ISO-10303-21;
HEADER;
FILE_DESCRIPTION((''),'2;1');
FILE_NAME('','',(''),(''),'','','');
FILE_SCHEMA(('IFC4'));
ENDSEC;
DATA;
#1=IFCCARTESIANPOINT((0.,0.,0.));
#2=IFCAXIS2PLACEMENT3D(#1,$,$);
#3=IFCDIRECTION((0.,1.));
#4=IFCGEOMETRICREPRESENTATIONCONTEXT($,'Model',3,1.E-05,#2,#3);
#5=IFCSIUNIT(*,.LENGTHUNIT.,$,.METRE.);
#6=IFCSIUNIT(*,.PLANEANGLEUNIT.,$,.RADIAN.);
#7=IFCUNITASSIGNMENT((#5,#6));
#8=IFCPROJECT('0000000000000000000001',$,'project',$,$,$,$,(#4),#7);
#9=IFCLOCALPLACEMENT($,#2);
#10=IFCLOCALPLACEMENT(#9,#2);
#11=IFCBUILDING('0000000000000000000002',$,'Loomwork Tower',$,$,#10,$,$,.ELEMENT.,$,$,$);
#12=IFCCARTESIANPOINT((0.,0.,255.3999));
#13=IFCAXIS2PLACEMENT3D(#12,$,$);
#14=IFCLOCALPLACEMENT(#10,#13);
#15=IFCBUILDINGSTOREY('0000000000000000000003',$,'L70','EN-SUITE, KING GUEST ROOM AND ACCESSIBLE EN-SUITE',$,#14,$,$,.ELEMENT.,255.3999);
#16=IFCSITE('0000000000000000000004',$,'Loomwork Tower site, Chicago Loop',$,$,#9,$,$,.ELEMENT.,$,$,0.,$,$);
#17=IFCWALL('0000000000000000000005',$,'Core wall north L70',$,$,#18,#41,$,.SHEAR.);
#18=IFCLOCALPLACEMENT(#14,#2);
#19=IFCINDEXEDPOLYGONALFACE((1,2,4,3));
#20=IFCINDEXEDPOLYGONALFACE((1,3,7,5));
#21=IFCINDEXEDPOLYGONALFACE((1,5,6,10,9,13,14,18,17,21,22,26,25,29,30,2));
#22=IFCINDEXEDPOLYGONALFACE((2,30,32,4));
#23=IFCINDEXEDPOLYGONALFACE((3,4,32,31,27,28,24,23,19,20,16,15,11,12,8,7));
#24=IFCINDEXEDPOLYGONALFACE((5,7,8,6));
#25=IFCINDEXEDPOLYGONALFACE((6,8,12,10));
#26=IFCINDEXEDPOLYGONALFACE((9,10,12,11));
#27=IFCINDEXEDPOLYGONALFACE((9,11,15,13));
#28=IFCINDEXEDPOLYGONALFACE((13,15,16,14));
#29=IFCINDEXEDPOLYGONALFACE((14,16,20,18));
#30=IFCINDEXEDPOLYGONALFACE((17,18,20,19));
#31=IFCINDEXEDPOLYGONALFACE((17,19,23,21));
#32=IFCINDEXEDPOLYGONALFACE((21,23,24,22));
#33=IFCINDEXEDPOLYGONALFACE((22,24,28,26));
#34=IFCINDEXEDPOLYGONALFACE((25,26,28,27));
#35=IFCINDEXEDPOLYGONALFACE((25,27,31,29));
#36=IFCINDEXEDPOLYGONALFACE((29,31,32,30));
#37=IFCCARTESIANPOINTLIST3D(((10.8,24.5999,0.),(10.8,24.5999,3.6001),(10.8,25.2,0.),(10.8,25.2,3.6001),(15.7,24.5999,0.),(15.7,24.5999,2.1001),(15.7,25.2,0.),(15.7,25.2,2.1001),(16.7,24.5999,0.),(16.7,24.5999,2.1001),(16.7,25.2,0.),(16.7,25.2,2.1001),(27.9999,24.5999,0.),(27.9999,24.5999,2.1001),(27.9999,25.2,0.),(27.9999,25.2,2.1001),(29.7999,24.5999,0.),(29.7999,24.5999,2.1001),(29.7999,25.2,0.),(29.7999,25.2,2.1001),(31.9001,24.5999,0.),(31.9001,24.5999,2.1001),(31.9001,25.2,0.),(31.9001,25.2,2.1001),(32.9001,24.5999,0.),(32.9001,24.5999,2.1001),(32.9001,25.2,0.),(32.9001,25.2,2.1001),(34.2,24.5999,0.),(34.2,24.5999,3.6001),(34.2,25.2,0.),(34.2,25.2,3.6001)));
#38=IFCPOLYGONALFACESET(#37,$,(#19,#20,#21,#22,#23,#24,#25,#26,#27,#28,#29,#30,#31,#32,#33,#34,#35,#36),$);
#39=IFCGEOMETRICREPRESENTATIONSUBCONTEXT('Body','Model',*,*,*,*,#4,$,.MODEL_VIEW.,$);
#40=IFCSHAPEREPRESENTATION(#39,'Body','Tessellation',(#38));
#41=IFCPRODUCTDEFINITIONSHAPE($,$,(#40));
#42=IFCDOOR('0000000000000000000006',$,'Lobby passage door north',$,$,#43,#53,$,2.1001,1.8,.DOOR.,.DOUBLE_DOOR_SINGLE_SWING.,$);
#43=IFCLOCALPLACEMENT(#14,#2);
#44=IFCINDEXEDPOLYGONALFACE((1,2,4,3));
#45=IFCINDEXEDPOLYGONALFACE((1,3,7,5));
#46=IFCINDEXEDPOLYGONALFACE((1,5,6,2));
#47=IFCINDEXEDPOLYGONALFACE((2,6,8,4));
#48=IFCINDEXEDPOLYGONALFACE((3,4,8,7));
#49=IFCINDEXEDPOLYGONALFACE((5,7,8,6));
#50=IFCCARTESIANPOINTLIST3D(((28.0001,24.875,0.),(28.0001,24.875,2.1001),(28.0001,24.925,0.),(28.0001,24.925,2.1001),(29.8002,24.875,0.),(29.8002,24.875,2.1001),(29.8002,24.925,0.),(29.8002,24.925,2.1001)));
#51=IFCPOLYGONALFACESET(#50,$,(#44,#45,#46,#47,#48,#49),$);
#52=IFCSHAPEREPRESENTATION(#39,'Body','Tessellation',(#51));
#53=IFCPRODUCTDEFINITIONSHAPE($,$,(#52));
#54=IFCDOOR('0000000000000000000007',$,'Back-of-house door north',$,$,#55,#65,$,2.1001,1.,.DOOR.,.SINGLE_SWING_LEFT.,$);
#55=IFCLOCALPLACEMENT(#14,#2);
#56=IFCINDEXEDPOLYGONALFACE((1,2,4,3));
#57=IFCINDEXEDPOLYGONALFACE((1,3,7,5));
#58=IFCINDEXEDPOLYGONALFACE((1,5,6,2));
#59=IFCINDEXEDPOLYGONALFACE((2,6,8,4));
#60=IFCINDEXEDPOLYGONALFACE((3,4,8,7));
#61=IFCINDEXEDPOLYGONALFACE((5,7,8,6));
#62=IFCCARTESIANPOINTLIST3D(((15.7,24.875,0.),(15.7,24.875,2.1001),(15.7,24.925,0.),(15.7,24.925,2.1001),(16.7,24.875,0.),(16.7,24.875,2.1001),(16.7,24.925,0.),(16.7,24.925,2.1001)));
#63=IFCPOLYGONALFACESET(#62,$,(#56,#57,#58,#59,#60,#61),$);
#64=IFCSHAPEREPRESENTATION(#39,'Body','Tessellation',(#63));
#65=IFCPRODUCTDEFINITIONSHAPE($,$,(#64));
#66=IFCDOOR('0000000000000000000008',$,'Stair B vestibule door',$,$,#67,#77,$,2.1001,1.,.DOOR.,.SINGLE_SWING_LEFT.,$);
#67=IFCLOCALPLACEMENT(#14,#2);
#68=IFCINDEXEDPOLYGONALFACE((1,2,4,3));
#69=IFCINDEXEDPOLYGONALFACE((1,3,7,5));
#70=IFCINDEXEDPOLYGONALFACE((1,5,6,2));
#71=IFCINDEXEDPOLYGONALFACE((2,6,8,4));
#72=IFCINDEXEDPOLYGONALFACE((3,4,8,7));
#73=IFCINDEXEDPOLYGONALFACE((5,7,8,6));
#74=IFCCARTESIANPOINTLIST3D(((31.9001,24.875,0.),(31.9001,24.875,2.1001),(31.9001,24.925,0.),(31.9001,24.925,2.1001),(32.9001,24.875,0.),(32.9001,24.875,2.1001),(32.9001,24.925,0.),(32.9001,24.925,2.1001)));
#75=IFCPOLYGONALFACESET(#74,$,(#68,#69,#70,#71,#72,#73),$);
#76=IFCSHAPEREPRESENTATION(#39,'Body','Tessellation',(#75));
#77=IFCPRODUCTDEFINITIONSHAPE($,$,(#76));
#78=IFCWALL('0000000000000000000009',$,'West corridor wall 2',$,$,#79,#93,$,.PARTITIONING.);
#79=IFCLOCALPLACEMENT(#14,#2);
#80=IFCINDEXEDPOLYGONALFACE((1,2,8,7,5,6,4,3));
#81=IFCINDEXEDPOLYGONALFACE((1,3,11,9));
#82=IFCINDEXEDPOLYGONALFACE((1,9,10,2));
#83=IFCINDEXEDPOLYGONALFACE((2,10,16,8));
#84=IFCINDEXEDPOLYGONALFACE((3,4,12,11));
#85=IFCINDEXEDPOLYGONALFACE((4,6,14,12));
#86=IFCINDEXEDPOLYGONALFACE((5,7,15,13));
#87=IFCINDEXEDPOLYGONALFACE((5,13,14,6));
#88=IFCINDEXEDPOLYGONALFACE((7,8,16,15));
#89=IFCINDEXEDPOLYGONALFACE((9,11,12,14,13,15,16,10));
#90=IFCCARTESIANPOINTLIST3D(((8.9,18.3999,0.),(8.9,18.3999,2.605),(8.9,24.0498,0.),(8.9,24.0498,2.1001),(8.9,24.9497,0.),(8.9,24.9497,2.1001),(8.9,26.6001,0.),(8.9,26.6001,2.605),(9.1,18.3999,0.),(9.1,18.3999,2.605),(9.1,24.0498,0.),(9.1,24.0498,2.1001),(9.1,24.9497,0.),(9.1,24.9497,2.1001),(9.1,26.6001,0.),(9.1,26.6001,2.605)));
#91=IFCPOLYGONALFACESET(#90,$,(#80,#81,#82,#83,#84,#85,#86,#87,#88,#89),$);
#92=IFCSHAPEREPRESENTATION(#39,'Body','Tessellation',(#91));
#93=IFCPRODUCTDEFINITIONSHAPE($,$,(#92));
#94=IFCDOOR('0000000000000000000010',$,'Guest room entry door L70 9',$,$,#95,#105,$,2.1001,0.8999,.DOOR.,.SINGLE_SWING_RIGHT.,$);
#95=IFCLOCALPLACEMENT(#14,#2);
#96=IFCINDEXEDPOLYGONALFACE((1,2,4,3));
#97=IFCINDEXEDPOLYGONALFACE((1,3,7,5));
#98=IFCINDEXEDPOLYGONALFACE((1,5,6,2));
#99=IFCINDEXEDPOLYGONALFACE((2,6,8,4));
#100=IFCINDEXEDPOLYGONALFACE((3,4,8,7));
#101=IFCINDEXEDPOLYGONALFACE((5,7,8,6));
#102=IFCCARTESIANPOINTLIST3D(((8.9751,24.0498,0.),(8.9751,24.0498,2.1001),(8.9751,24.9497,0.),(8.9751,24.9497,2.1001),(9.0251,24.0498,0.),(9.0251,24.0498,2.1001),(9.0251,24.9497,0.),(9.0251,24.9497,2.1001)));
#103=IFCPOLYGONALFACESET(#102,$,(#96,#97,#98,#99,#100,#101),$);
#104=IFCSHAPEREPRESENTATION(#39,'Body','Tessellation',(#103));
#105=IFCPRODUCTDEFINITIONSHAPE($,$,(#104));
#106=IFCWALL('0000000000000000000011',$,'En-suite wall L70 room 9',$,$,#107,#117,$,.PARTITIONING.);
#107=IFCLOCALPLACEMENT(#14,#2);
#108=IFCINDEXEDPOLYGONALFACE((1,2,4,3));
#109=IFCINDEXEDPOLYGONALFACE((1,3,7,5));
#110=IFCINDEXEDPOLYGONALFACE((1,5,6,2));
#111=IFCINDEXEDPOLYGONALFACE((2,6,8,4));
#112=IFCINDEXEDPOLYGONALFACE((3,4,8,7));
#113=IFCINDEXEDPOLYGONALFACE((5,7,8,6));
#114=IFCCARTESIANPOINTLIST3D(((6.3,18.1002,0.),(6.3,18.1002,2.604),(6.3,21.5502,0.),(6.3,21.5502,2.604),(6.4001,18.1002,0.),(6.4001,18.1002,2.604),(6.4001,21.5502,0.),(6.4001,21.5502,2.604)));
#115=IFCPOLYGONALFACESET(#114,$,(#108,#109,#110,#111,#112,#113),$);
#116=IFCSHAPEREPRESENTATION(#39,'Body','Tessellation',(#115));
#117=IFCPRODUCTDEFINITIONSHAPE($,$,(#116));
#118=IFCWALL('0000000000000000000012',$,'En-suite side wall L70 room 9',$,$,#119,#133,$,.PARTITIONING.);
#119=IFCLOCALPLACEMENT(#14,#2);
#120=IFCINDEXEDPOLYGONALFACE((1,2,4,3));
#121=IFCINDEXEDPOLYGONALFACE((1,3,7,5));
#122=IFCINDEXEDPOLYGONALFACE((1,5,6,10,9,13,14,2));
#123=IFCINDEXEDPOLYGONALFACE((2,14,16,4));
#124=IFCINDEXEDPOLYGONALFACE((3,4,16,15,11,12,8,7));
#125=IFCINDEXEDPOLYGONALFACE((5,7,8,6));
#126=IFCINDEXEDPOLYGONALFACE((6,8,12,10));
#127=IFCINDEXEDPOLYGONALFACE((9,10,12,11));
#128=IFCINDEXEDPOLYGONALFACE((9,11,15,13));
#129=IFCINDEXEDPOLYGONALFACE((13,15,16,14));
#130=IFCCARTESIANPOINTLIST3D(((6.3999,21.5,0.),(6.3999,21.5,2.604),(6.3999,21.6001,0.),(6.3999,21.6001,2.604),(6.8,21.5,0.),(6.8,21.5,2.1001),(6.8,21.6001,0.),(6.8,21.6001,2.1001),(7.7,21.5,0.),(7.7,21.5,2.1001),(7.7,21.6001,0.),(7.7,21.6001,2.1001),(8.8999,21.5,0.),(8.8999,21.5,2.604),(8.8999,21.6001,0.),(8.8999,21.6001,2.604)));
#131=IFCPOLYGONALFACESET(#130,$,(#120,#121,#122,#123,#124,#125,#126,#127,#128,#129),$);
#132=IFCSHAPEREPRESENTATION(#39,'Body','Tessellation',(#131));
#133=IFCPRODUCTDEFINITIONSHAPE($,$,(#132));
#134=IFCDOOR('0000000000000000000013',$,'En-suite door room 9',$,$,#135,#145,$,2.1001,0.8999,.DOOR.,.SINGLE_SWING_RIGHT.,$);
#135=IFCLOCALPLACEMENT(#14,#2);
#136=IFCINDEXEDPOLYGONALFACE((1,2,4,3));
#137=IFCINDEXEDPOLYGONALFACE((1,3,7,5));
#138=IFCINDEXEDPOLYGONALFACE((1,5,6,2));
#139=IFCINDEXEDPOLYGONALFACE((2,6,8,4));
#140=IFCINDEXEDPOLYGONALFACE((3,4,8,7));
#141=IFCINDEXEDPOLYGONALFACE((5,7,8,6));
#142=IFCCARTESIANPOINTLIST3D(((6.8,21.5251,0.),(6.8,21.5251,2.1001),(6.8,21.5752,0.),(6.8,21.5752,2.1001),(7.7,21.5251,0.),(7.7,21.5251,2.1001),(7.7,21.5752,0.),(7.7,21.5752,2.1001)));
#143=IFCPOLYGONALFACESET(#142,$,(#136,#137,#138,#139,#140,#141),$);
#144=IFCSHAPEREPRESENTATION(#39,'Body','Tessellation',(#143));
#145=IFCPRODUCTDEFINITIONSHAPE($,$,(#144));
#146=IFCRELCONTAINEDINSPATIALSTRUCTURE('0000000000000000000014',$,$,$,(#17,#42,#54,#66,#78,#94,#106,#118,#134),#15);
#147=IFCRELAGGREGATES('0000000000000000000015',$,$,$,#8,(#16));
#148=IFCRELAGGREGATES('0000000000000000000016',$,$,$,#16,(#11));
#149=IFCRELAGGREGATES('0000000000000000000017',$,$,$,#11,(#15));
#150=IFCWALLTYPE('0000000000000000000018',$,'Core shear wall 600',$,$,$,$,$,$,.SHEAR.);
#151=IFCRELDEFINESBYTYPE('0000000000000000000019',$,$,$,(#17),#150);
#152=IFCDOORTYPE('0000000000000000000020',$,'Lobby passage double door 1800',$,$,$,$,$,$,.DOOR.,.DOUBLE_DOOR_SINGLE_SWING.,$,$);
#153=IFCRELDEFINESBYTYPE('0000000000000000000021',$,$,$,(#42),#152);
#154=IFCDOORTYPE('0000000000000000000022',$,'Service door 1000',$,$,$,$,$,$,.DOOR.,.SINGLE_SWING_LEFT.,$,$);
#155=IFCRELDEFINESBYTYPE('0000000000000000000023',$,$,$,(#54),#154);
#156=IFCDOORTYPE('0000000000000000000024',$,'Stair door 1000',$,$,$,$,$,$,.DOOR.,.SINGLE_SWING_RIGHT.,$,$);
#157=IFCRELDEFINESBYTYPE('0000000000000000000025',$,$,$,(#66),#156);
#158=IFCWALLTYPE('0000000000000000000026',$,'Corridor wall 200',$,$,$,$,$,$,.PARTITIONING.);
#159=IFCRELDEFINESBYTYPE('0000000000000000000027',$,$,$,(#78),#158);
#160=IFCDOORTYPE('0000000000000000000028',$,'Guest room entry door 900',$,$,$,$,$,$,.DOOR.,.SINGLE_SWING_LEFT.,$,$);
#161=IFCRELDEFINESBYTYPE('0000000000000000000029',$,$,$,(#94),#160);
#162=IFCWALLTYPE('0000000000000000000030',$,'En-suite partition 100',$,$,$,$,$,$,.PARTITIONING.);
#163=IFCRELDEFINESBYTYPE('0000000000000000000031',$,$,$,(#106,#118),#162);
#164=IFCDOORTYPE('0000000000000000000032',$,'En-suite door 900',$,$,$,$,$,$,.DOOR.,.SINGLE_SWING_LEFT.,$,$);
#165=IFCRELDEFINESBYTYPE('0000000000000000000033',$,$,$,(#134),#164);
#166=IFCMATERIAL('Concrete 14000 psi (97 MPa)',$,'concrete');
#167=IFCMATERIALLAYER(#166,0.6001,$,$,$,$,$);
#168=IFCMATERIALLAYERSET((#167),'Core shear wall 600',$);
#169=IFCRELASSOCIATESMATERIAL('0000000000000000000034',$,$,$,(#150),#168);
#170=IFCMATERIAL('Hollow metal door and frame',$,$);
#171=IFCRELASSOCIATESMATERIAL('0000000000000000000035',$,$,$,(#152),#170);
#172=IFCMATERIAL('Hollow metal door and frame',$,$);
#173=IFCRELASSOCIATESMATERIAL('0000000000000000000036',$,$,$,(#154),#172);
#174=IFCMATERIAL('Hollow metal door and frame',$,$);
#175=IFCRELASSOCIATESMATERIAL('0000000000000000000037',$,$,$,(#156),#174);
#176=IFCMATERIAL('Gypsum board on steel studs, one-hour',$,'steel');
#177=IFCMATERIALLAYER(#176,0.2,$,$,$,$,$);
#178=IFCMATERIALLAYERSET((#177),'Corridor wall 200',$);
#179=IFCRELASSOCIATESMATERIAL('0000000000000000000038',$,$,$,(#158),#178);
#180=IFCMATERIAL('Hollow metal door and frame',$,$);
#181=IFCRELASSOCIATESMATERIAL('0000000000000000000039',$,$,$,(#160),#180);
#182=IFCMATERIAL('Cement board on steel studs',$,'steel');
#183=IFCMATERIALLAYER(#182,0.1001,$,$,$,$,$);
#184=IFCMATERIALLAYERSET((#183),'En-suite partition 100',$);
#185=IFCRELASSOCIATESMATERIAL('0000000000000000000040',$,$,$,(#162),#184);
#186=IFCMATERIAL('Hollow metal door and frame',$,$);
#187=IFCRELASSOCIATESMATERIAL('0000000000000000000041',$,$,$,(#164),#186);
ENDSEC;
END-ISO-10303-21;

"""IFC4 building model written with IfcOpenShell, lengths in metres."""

from ifc_helpers import new_model, si_unit, direction, frame, frame_2d, origin, place, context, subcontext, project, spatial, rectangle, extrude, material, layer, layer_set, type_object, element, fill, save


model = new_model("IFC4")

# Units and contexts
model_context = context("Model", 3, precision=1e-05, world=origin(), true_north=direction((0.0, 1.0)))
body_context = subcontext(model_context, "Body", "Model", "MODEL_VIEW")
ifc_project = project(units=[si_unit("LENGTHUNIT", "METRE"), si_unit("PLANEANGLEUNIT", "RADIAN")], contexts=[model_context])

# Site, building, storey
site_placement = place(None, origin())
site = spatial("IfcSite", under=ifc_project, at=site_placement, Name="Loomwork Tower site, Chicago Loop", CompositionType="ELEMENT", RefElevation=0.0)
building_placement = place(site_placement, origin())
building = spatial("IfcBuilding", under=site, at=building_placement, Name="Loomwork Tower", CompositionType="ELEMENT")
storey_placement = place(building_placement, frame((0.0, 0.0, 255.3999)))
storey = spatial("IfcBuildingStorey", under=building, at=storey_placement, Name="L70", Description="EN-SUITE, KING GUEST ROOM AND ACCESSIBLE EN-SUITE", CompositionType="ELEMENT", Elevation=255.3999)

# Wall, openings, doors
ifc_material_1 = material(Name="Concrete 14000 psi (97 MPa)", Category="concrete")
ifc_layer_1 = layer(ifc_material_1, 0.6001)
ifc_layer_set_1 = layer_set([ifc_layer_1], Name="Core shear wall 600")
wall_type_1 = type_object("IfcWallType", Name="Core shear wall 600", PredefinedType="SHEAR", material=ifc_layer_set_1)
wall_1_placement = place(storey_placement, frame((10.8, 24.8999, 0.0), z_axis=(0.0, 0.0, 1.0), x_axis=(1.0, 0.0, 0.0)))
wall_1 = element("IfcWall", 1, at=wall_1_placement, inside=storey, type_object=wall_type_1, Name="Core wall north L70", PredefinedType="SHEAR", context=body_context, shape_type="SweptSolid", body=[
    extrude(rectangle(XDim=23.3999, YDim=0.6001, at=frame_2d((11.7, 0.0))), origin(), (0.0, 0.0, 1.0), 3.6001),
])
opening_1_placement = place(wall_1_placement, frame((17.2, 0.0, 0.0)))
opening_1 = element("IfcOpeningElement", 2, at=opening_1_placement, cuts=wall_1, PredefinedType="OPENING", context=body_context, shape_type="SweptSolid", body=[
    extrude(rectangle(XDim=1.8, YDim=2.1001, at=frame_2d((0.8999, 1.05))), frame((0.0, 0.3101, 0.0), z_axis=(0.0, -1.0, 0.0), x_axis=(1.0, 0.0, 0.0)), (0.0, 0.0, 1.0), 0.6201),
])
opening_2_placement = place(wall_1_placement, frame((21.1001, 0.0, 0.0)))
opening_2 = element("IfcOpeningElement", 3, at=opening_2_placement, cuts=wall_1, PredefinedType="OPENING", context=body_context, shape_type="SweptSolid", body=[
    extrude(rectangle(XDim=1.0, YDim=2.1001, at=frame_2d((0.5, 1.05))), frame((0.0, 0.3101, 0.0), z_axis=(0.0, -1.0, 0.0), x_axis=(1.0, 0.0, 0.0)), (0.0, 0.0, 1.0), 0.6201),
])
opening_3_placement = place(wall_1_placement, frame((4.8999, 0.0, 0.0)))
opening_3 = element("IfcOpeningElement", 4, at=opening_3_placement, cuts=wall_1, PredefinedType="OPENING", context=body_context, shape_type="SweptSolid", body=[
    extrude(rectangle(XDim=1.0, YDim=2.1001, at=frame_2d((0.5, 1.05))), frame((0.0, 0.3101, 0.0), z_axis=(0.0, -1.0, 0.0), x_axis=(1.0, 0.0, 0.0)), (0.0, 0.0, 1.0), 0.6201),
])
ifc_material_2 = material(Name="Hollow metal door and frame")
door_type_1 = type_object("IfcDoorType", Name="Lobby passage double door 1800", OperationType="DOUBLE_DOOR_SINGLE_SWING", PredefinedType="DOOR", material=ifc_material_2)
door_1_placement = place(opening_1_placement, frame((1.8, 0.0, 0.0), z_axis=(0.0, 0.0, 1.0), x_axis=(-1.0, 0.0, 0.0)))
door_1 = element("IfcDoor", 5, at=door_1_placement, inside=storey, type_object=door_type_1, Name="Lobby passage door north", OperationType="DOUBLE_DOOR_SINGLE_SWING", OverallHeight=2.1001, OverallWidth=1.8, PredefinedType="DOOR", context=body_context, shape_type="SweptSolid", body=[
    extrude(rectangle(XDim=1.8, YDim=2.1001, at=frame_2d((0.8999, 1.05))), frame((0.0, 0.0249, 0.0), z_axis=(0.0, -1.0, 0.0), x_axis=(1.0, 0.0, 0.0)), (0.0, 0.0, 1.0), 0.05),
])
fill(opening_1, door_1)
ifc_material_3 = material(Name="Hollow metal door and frame")
door_type_2 = type_object("IfcDoorType", Name="Service door 1000", OperationType="SINGLE_SWING_LEFT", PredefinedType="DOOR", material=ifc_material_3)
door_2_placement = place(opening_3_placement, frame((1.0, 0.0, 0.0), z_axis=(0.0, 0.0, 1.0), x_axis=(-1.0, 0.0, 0.0)))
door_2 = element("IfcDoor", 6, at=door_2_placement, inside=storey, type_object=door_type_2, Name="Back-of-house door north", OperationType="SINGLE_SWING_LEFT", OverallHeight=2.1001, OverallWidth=1.0, PredefinedType="DOOR", context=body_context, shape_type="SweptSolid", body=[
    extrude(rectangle(XDim=1.0, YDim=2.1001, at=frame_2d((0.5, 1.05))), frame((0.0, 0.0249, 0.0), z_axis=(0.0, -1.0, 0.0), x_axis=(1.0, 0.0, 0.0)), (0.0, 0.0, 1.0), 0.05),
])
fill(opening_3, door_2)
ifc_material_4 = material(Name="Hollow metal door and frame")
door_type_3 = type_object("IfcDoorType", Name="Stair door 1000", OperationType="SINGLE_SWING_RIGHT", PredefinedType="DOOR", material=ifc_material_4)
door_3_placement = place(opening_2_placement, frame((1.0, 0.0, 0.0), z_axis=(0.0, 0.0, 1.0), x_axis=(-1.0, 0.0, 0.0)))
door_3 = element("IfcDoor", 7, at=door_3_placement, inside=storey, type_object=door_type_3, Name="Stair B vestibule door", OperationType="SINGLE_SWING_LEFT", OverallHeight=2.1001, OverallWidth=1.0, PredefinedType="DOOR", context=body_context, shape_type="SweptSolid", body=[
    extrude(rectangle(XDim=1.0, YDim=2.1001, at=frame_2d((0.5, 1.05))), frame((0.0, 0.0249, 0.0), z_axis=(0.0, -1.0, 0.0), x_axis=(1.0, 0.0, 0.0)), (0.0, 0.0, 1.0), 0.05),
])
fill(opening_2, door_3)

# Wall, opening, door
ifc_material_5 = material(Name="Gypsum board on steel studs, one-hour", Category="steel")
ifc_layer_2 = layer(ifc_material_5, 0.2)
ifc_layer_set_2 = layer_set([ifc_layer_2], Name="Corridor wall 200")
wall_type_2 = type_object("IfcWallType", Name="Corridor wall 200", PredefinedType="PARTITIONING", material=ifc_layer_set_2)
wall_2_placement = place(storey_placement, frame((9.0, 18.3999, 0.0), z_axis=(0.0, 0.0, 1.0), x_axis=(0.0, 1.0, 0.0)))
wall_2 = element("IfcWall", 8, at=wall_2_placement, inside=storey, type_object=wall_type_2, Name="West corridor wall 2", PredefinedType="PARTITIONING", context=body_context, shape_type="SweptSolid", body=[
    extrude(rectangle(XDim=8.2002, YDim=0.2, at=frame_2d((4.1001, 0.0))), origin(), (0.0, 0.0, 1.0), 2.605),
])
opening_4_placement = place(wall_2_placement, frame((5.6499, 0.0, 0.0)))
opening_4 = element("IfcOpeningElement", 9, at=opening_4_placement, cuts=wall_2, PredefinedType="OPENING", context=body_context, shape_type="SweptSolid", body=[
    extrude(rectangle(XDim=0.8999, YDim=2.1001, at=frame_2d((0.45, 1.05))), frame((0.0, 0.1099, 0.0), z_axis=(0.0, -1.0, 0.0), x_axis=(1.0, 0.0, 0.0)), (0.0, 0.0, 1.0), 0.22),
])
ifc_material_6 = material(Name="Hollow metal door and frame")
door_type_4 = type_object("IfcDoorType", Name="Guest room entry door 900", OperationType="SINGLE_SWING_LEFT", PredefinedType="DOOR", material=ifc_material_6)
door_4_placement = place(opening_4_placement, origin())
door_4 = element("IfcDoor", 10, at=door_4_placement, inside=storey, type_object=door_type_4, Name="Guest room entry door L70 9", OperationType="SINGLE_SWING_RIGHT", OverallHeight=2.1001, OverallWidth=0.8999, PredefinedType="DOOR", context=body_context, shape_type="SweptSolid", body=[
    extrude(rectangle(XDim=0.8999, YDim=2.1001, at=frame_2d((0.45, 1.05))), frame((0.0, 0.0249, 0.0), z_axis=(0.0, -1.0, 0.0), x_axis=(1.0, 0.0, 0.0)), (0.0, 0.0, 1.0), 0.05),
])
fill(opening_4, door_4)

# Wall
ifc_material_7 = material(Name="Cement board on steel studs", Category="steel")
ifc_layer_3 = layer(ifc_material_7, 0.1001)
ifc_layer_set_3 = layer_set([ifc_layer_3], Name="En-suite partition 100")
wall_type_3 = type_object("IfcWallType", Name="En-suite partition 100", PredefinedType="PARTITIONING", material=ifc_layer_set_3)
wall_3_placement = place(storey_placement, frame((6.3501, 18.1001, 0.0), z_axis=(0.0, 0.0, 1.0), x_axis=(0.0, 1.0, 0.0)))
element("IfcWall", 11, at=wall_3_placement, inside=storey, type_object=wall_type_3, Name="En-suite wall L70 room 9", PredefinedType="PARTITIONING", context=body_context, shape_type="SweptSolid", body=[
    extrude(rectangle(XDim=3.45, YDim=0.1001, at=frame_2d((1.7251, 0.0))), origin(), (0.0, 0.0, 1.0), 2.604),
])

# Wall, opening, door
wall_4_placement = place(storey_placement, frame((8.8999, 21.55, 0.0), z_axis=(0.0, 0.0, 1.0), x_axis=(-1.0, 0.0, 0.0)))
wall_4 = element("IfcWall", 12, at=wall_4_placement, inside=storey, type_object=wall_type_3, Name="En-suite side wall L70 room 9", PredefinedType="PARTITIONING", context=body_context, shape_type="SweptSolid", body=[
    extrude(rectangle(XDim=2.5, YDim=0.1001, at=frame_2d((1.25, 0.0))), origin(), (0.0, 0.0, 1.0), 2.604),
])
opening_5_placement = place(wall_4_placement, frame((1.2, 0.0, 0.0)))
opening_5 = element("IfcOpeningElement", 13, at=opening_5_placement, cuts=wall_4, PredefinedType="OPENING", context=body_context, shape_type="SweptSolid", body=[
    extrude(rectangle(XDim=0.8999, YDim=2.1001, at=frame_2d((0.45, 1.05))), frame((0.0, 0.0601, 0.0), z_axis=(0.0, -1.0, 0.0), x_axis=(1.0, 0.0, 0.0)), (0.0, 0.0, 1.0), 0.1201),
])
ifc_material_8 = material(Name="Hollow metal door and frame")
door_type_5 = type_object("IfcDoorType", Name="En-suite door 900", OperationType="SINGLE_SWING_LEFT", PredefinedType="DOOR", material=ifc_material_8)
door_5_placement = place(opening_5_placement, origin())
door_5 = element("IfcDoor", 14, at=door_5_placement, inside=storey, type_object=door_type_5, Name="En-suite door room 9", OperationType="SINGLE_SWING_RIGHT", OverallHeight=2.1001, OverallWidth=0.8999, PredefinedType="DOOR", context=body_context, shape_type="SweptSolid", body=[
    extrude(rectangle(XDim=0.8999, YDim=2.1001, at=frame_2d((0.45, 1.05))), frame((0.0, 0.0249, 0.0), z_axis=(0.0, -1.0, 0.0), x_axis=(1.0, 0.0, 0.0)), (0.0, 0.0, 1.0), 0.05),
])
fill(opening_5, door_5)

save(model, "model.ifc")
